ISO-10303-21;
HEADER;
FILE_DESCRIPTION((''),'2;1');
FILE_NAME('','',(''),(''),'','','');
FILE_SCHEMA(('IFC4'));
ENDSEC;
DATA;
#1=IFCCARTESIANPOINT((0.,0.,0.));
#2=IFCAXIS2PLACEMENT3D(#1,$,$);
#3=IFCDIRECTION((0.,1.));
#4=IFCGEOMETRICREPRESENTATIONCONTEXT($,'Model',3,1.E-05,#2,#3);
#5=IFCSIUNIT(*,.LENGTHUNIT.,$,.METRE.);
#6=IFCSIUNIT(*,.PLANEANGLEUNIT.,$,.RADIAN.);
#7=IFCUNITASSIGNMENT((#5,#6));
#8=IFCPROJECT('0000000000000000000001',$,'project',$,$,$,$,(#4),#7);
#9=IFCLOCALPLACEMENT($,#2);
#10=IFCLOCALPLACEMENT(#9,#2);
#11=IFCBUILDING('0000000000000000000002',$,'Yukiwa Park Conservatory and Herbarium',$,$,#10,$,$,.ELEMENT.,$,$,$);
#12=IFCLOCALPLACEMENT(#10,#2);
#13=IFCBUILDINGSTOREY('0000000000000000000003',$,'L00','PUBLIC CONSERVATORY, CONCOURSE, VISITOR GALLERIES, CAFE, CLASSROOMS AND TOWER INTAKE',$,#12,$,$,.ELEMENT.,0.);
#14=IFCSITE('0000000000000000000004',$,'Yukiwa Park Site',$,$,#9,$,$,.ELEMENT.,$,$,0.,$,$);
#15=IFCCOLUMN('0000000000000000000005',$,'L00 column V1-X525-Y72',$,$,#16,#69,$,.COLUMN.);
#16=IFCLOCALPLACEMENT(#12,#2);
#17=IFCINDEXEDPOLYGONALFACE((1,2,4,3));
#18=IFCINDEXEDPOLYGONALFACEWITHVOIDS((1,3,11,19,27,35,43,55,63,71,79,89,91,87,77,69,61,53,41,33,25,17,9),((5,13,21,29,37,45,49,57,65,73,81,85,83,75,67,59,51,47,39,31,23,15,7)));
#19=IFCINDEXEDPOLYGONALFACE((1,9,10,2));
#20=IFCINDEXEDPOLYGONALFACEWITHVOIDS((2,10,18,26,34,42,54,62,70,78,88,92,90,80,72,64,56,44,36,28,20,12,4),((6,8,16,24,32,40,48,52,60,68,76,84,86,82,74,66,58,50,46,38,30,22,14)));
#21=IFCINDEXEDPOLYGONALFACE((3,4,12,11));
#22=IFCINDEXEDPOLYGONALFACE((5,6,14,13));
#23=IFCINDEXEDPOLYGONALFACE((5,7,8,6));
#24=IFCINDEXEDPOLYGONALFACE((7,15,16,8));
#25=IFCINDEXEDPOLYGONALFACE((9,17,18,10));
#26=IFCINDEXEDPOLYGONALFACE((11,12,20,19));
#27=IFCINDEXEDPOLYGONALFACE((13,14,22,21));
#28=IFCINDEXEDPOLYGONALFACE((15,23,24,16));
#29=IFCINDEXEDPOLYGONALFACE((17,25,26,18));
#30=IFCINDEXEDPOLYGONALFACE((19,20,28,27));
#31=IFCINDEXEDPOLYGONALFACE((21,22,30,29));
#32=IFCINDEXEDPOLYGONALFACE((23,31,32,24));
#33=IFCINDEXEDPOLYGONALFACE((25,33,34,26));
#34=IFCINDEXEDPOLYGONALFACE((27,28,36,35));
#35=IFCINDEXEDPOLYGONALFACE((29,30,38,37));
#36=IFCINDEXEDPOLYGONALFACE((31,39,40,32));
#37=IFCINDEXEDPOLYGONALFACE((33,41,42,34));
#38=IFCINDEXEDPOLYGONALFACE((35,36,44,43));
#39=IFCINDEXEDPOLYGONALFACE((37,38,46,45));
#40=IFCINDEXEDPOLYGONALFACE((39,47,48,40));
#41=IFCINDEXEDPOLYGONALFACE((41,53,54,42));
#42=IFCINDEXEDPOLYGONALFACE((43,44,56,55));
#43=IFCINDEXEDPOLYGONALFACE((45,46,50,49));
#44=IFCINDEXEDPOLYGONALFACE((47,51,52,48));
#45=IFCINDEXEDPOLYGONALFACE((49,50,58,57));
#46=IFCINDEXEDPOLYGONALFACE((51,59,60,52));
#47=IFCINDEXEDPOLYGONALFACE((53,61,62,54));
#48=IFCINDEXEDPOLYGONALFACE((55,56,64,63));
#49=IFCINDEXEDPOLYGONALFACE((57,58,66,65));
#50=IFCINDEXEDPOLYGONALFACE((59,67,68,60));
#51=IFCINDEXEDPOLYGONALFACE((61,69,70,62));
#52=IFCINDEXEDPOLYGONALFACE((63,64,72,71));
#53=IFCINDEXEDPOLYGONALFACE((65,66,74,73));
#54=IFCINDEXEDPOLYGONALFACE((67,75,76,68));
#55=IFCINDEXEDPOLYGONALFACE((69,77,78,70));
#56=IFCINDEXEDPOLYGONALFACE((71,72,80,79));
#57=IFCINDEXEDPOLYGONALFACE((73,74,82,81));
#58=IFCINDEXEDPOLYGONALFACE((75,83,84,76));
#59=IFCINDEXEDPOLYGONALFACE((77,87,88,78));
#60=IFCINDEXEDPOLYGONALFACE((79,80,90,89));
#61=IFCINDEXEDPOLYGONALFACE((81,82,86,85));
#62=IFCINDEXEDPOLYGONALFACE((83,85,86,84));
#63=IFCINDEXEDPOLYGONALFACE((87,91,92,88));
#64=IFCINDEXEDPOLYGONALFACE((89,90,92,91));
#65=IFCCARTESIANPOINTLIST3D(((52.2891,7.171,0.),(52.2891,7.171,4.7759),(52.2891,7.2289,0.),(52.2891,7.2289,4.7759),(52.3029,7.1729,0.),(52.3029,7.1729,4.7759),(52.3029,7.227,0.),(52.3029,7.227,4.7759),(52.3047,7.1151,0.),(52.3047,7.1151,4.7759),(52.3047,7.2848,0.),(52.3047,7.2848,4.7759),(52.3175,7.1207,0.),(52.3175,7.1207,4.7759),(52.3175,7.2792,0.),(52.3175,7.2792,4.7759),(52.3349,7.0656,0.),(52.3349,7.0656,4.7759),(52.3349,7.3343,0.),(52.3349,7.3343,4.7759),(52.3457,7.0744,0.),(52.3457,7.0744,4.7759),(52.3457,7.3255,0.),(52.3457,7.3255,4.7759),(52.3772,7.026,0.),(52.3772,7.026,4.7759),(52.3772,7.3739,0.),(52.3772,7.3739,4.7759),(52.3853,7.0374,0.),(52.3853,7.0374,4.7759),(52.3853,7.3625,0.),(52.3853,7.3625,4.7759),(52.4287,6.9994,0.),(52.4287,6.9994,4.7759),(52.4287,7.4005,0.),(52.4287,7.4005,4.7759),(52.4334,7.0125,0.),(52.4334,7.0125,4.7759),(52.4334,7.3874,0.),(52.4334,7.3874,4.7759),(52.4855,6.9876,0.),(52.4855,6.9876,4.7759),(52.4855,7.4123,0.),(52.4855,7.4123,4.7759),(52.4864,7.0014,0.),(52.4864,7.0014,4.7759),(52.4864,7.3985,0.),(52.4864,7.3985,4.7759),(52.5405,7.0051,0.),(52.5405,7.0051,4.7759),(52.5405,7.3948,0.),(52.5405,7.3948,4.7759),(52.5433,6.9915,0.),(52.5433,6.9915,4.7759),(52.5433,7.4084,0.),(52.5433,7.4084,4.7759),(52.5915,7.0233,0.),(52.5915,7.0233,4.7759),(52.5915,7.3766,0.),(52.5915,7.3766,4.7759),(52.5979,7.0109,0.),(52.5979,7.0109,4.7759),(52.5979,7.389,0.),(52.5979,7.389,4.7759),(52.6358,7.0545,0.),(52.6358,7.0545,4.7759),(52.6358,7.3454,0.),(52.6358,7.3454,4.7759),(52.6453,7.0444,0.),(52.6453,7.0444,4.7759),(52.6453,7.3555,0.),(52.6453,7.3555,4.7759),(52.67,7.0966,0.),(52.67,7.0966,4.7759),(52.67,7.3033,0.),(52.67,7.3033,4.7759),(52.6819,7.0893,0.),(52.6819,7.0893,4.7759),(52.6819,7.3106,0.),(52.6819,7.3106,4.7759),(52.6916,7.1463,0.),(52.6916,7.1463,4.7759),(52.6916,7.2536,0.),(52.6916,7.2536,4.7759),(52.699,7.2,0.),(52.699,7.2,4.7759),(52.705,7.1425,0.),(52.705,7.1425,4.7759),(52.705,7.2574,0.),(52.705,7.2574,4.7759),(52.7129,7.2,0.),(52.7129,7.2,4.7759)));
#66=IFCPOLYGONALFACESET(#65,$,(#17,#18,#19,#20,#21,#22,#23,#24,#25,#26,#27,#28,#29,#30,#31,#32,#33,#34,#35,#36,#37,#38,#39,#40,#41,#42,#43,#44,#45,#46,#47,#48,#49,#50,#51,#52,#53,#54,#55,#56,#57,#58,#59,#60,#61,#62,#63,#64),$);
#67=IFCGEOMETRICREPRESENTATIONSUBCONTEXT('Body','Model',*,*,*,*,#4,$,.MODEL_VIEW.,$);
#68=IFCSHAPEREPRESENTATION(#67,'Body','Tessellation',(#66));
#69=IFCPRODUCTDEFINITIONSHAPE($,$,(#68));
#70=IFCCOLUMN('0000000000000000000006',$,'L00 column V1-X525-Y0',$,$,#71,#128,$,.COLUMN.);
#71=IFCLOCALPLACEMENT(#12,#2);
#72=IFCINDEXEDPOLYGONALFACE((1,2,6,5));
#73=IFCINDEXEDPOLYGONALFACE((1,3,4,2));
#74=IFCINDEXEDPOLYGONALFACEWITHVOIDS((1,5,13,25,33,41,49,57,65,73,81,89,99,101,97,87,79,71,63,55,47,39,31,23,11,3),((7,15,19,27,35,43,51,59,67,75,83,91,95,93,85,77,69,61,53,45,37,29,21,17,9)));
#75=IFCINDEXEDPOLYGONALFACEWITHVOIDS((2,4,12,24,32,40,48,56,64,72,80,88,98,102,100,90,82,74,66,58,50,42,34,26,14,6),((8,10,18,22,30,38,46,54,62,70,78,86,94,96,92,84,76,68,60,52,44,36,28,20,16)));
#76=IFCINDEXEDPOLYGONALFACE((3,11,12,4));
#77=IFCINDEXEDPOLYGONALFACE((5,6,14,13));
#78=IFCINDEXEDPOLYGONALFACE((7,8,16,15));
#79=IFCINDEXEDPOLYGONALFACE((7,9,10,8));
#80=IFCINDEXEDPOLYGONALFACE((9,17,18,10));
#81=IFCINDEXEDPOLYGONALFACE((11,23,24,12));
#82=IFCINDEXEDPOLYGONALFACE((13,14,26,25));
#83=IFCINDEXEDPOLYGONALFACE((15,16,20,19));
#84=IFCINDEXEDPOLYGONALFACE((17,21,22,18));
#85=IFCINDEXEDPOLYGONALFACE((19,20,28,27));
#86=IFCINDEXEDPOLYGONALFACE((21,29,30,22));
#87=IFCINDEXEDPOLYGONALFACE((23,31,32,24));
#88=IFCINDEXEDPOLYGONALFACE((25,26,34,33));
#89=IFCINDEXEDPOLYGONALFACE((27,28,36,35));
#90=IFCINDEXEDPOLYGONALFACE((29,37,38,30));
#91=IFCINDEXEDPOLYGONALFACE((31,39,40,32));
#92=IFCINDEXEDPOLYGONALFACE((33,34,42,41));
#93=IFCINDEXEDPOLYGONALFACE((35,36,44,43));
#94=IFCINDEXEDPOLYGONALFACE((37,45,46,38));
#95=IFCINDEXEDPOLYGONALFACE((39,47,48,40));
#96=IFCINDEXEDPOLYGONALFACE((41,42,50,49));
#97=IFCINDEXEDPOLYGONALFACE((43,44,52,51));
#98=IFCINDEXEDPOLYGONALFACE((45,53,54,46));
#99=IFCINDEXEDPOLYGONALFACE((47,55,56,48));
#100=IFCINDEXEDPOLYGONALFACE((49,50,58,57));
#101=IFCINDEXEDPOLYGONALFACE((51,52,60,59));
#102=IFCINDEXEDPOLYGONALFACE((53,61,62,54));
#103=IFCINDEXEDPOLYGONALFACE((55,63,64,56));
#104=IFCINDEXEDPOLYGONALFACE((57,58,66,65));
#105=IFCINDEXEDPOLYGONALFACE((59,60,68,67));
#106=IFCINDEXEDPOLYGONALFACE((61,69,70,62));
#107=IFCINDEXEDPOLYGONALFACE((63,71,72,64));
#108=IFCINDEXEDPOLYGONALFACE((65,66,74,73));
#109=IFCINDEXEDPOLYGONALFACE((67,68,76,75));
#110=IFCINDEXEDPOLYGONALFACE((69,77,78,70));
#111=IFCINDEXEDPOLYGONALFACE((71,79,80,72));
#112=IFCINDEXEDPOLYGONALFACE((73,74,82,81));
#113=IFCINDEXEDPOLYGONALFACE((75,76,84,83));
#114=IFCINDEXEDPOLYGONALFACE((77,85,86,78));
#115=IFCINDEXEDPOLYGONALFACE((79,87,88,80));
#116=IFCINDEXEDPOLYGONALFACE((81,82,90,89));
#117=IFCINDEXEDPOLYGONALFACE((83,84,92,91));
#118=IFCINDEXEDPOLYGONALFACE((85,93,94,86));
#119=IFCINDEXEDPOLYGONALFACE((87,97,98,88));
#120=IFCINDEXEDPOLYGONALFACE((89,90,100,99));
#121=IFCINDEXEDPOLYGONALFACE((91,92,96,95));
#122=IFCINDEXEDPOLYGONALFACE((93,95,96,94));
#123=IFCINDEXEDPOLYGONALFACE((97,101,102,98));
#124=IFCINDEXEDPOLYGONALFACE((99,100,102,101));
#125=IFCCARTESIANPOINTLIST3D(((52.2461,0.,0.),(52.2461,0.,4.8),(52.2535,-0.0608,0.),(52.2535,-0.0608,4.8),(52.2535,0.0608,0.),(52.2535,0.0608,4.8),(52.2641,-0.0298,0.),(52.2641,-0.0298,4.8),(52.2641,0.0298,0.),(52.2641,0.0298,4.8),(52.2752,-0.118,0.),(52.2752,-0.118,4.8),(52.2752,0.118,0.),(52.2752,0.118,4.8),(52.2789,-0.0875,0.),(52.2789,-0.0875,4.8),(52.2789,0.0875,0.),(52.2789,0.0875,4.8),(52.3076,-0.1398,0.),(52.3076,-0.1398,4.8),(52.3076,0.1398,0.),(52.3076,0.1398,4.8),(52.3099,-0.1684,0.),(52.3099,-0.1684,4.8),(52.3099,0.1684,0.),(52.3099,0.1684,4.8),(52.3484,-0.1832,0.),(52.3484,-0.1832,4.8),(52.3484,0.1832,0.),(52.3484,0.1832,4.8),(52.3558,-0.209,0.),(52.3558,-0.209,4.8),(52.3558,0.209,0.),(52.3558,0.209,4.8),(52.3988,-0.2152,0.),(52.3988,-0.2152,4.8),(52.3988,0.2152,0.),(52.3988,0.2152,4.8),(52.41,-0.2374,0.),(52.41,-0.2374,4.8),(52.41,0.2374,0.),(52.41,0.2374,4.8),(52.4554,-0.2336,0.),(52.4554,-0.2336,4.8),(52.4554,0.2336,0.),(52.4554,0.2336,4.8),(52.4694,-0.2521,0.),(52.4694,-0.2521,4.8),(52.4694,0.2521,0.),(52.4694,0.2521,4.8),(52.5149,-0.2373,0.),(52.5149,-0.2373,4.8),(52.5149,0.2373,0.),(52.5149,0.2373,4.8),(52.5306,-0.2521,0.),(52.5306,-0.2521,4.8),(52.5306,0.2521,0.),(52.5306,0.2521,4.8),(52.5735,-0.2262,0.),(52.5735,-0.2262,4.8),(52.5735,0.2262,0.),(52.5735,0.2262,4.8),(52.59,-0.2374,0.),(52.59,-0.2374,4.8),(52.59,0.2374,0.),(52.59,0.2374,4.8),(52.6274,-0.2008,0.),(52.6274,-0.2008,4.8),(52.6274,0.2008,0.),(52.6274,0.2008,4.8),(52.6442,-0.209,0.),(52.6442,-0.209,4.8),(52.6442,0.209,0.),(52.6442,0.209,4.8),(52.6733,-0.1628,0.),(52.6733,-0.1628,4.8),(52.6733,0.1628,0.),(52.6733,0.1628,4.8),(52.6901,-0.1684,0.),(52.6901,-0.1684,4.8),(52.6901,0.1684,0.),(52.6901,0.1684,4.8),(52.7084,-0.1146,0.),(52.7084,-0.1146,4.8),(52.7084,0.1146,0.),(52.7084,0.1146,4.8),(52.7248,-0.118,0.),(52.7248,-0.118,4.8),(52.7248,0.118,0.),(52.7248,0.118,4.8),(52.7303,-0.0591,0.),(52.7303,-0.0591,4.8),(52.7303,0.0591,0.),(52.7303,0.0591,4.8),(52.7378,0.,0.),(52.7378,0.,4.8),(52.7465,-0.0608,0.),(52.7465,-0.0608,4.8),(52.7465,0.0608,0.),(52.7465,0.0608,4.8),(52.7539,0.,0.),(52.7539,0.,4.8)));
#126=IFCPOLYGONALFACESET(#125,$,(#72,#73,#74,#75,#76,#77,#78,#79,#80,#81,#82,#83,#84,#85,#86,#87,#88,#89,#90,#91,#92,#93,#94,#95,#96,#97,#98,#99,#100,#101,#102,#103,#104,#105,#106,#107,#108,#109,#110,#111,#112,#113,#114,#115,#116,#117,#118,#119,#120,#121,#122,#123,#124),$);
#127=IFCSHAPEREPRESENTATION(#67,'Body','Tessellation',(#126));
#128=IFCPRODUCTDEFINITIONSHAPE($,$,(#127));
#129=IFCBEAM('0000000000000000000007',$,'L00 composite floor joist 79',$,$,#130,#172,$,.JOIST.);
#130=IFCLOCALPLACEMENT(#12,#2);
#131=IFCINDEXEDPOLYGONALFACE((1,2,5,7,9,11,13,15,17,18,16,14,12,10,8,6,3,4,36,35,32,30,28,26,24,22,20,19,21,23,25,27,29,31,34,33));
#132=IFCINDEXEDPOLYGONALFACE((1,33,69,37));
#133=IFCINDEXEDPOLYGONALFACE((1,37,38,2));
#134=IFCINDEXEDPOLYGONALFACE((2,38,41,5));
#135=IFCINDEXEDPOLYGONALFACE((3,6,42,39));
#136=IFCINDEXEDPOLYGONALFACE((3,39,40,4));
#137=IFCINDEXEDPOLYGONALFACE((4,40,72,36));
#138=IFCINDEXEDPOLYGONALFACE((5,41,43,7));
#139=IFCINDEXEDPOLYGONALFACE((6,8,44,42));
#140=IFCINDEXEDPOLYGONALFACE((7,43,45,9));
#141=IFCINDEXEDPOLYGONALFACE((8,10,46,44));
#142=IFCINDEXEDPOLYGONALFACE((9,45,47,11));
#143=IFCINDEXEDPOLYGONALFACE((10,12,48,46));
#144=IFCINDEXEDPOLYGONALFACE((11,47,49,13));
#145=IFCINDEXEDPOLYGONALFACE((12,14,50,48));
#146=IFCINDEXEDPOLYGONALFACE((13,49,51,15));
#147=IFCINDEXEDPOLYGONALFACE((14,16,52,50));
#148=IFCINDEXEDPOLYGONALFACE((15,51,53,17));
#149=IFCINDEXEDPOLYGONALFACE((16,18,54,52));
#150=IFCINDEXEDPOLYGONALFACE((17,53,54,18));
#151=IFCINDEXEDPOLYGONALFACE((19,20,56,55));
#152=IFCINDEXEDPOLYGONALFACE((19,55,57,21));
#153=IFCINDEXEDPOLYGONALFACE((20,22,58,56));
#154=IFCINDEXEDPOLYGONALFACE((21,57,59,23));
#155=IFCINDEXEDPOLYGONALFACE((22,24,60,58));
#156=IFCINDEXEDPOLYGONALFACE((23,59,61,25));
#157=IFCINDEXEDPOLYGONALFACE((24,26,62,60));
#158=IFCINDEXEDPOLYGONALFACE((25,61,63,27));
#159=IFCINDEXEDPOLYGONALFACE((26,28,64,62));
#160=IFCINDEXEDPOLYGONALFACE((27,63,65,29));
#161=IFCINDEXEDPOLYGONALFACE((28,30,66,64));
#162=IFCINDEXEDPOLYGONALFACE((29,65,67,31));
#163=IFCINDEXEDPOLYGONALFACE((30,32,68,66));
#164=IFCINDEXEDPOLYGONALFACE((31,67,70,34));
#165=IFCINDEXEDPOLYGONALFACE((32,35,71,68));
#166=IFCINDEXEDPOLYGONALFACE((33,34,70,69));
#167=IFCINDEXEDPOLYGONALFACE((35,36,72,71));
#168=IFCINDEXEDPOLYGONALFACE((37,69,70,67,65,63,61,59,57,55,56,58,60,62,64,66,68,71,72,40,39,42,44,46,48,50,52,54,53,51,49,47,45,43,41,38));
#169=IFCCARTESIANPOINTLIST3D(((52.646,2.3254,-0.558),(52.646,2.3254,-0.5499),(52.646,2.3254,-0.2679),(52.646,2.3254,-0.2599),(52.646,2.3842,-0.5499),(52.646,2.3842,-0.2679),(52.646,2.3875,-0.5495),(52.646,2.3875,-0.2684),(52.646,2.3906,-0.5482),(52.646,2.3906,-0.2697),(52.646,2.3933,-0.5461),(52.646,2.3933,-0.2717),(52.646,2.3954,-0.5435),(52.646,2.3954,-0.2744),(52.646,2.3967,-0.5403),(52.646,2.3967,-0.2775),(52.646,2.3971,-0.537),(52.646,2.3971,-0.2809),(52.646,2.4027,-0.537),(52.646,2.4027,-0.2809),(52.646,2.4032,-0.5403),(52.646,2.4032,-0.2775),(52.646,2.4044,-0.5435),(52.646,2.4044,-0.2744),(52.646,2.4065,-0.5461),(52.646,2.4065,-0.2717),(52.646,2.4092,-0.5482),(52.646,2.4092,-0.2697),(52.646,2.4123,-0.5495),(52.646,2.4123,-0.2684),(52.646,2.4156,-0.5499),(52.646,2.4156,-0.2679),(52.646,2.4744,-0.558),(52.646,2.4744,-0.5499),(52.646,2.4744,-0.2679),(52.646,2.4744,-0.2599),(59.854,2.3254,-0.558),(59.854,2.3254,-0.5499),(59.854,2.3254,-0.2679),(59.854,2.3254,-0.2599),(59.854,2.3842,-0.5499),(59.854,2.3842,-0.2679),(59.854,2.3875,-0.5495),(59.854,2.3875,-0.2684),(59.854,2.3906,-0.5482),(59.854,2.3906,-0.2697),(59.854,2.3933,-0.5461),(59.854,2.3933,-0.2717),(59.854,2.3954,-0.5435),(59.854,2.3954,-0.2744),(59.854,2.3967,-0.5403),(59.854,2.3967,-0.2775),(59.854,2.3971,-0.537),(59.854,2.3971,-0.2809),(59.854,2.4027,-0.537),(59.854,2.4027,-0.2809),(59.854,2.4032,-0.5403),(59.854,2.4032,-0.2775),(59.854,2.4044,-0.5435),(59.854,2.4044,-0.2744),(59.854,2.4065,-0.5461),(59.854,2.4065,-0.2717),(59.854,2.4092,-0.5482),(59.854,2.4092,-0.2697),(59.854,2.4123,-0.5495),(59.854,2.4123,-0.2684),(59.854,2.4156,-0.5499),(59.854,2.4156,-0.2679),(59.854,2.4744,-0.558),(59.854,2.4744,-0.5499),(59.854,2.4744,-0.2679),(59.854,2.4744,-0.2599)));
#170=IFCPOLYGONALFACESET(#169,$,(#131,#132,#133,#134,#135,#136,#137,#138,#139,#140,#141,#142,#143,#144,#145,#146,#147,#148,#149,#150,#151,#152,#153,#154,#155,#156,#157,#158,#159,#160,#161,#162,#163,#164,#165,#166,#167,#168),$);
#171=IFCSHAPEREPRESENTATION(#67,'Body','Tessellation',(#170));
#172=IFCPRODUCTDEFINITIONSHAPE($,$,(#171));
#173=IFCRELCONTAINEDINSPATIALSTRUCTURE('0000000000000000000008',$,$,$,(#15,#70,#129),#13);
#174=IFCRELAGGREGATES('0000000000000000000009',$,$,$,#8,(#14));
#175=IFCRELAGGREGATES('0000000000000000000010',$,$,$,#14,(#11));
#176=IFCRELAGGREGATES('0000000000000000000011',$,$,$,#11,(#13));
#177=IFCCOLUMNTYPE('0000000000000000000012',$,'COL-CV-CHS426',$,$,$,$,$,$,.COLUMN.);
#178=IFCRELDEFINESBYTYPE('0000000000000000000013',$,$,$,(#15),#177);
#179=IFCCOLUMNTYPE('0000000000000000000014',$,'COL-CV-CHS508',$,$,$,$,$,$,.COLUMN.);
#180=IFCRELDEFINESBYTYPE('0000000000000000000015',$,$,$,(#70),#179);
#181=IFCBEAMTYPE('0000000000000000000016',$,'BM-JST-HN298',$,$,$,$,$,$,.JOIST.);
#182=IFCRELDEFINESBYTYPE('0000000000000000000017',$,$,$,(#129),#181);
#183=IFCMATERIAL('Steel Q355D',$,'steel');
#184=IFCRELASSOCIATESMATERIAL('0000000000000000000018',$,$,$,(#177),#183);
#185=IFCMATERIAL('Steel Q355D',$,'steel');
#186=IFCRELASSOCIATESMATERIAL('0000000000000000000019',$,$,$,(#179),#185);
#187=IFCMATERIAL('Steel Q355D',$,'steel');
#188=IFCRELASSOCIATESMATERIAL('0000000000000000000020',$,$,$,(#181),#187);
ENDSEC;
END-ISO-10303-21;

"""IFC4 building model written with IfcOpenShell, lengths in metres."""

from ifc_helpers import new_model, si_unit, direction, frame, origin, origin_2d, place, context, subcontext, project, spatial, hollow_circle, i_section, extrude, material, material_profile, profile_set, type_object, element, save


model = new_model("IFC4")

# Units and contexts
model_context = context("Model", 3, precision=1e-05, world=origin(), true_north=direction((0.0, 1.0)))
body_context = subcontext(model_context, "Body", "Model", "MODEL_VIEW")
ifc_project = project(units=[si_unit("LENGTHUNIT", "METRE"), si_unit("PLANEANGLEUNIT", "RADIAN")], contexts=[model_context])

# Site, building, storey
site_placement = place(None, origin())
site = spatial("IfcSite", under=ifc_project, at=site_placement, Name="Yukiwa Park Site", CompositionType="ELEMENT", RefElevation=0.0)
building_placement = place(site_placement, origin())
building = spatial("IfcBuilding", under=site, at=building_placement, Name="Yukiwa Park Conservatory and Herbarium", CompositionType="ELEMENT")
storey_placement = place(building_placement, origin())
storey = spatial("IfcBuildingStorey", under=building, at=storey_placement, Name="L00", Description="PUBLIC CONSERVATORY, CONCOURSE, VISITOR GALLERIES, CAFE, CLASSROOMS AND TOWER INTAKE", CompositionType="ELEMENT", Elevation=0.0)

# Columns
ifc_material_1 = material(Name="Steel Q355D", Category="steel")
ifc_material_profile_1 = material_profile(ifc_material_1, hollow_circle(Radius=0.2129, WallThickness=0.0139, at=origin_2d()), Name="CHS 426x14")
ifc_profile_set_1 = profile_set([ifc_material_profile_1], Name="Steel Q355D")
column_type_1 = type_object("IfcColumnType", Name="COL-CV-CHS426", PredefinedType="COLUMN", material=ifc_profile_set_1)
column_1_placement = place(storey_placement, frame((52.5, 7.2, 0.0), z_axis=(0.0, 0.0, 1.0), x_axis=(1.0, 0.0, 0.0)))
element("IfcColumn", 1, at=column_1_placement, inside=storey, type_object=column_type_1, Name="L00 column V1-X525-Y72", PredefinedType="COLUMN", context=body_context, shape_type="SweptSolid", body=[
    extrude(hollow_circle(Radius=0.2129, WallThickness=0.0139, at=origin_2d()), origin(), (0.0, 0.0, 1.0), 4.7759),
])
ifc_material_2 = material(Name="Steel Q355D", Category="steel")
ifc_material_profile_2 = material_profile(ifc_material_2, hollow_circle(Radius=0.2539, WallThickness=0.0161, at=origin_2d()), Name="CHS 508x16")
ifc_profile_set_2 = profile_set([ifc_material_profile_2], Name="Steel Q355D")
column_type_2 = type_object("IfcColumnType", Name="COL-CV-CHS508", PredefinedType="COLUMN", material=ifc_profile_set_2)
column_2_placement = place(storey_placement, frame((52.5, 0.0, 0.0), z_axis=(0.0, 0.0, 1.0), x_axis=(1.0, 0.0, 0.0)))
element("IfcColumn", 2, at=column_2_placement, inside=storey, type_object=column_type_2, Name="L00 column V1-X525-Y0", PredefinedType="COLUMN", context=body_context, shape_type="SweptSolid", body=[
    extrude(hollow_circle(Radius=0.2539, WallThickness=0.0161, at=origin_2d()), origin(), (0.0, 0.0, 1.0), 4.8),
])

# Beam
ifc_material_3 = material(Name="Steel Q355D", Category="steel")
ifc_material_profile_3 = material_profile(ifc_material_3, i_section(OverallWidth=0.1489, OverallDepth=0.2981, WebThickness=0.0056, FlangeThickness=0.0081, FilletRadius=0.0129, at=origin_2d()), Name="HN 298x149x5.5x8")
ifc_profile_set_3 = profile_set([ifc_material_profile_3], Name="Steel Q355D")
beam_type_1 = type_object("IfcBeamType", Name="BM-JST-HN298", PredefinedType="JOIST", material=ifc_profile_set_3)
for number, where, z_axis, x_axis, name in (
    (3, (52.646, 2.3999, -0.4089), (1.0, 0.0, 0.0), (0.0, 1.0, 0.0), "L00 composite floor joist 79"),
):
    element("IfcBeam", number, at=place(storey_placement, frame(where, z_axis=z_axis, x_axis=x_axis)), inside=storey, type_object=beam_type_1, Name=name, PredefinedType="JOIST", context=body_context, shape_type="SweptSolid", body=[
        extrude(i_section(OverallWidth=0.1489, OverallDepth=0.2981, WebThickness=0.0056, FlangeThickness=0.0081, FilletRadius=0.0129, at=origin_2d()), origin(), (0.0, 0.0, 1.0), 7.208),
    ])

save(model, "model.ifc")
